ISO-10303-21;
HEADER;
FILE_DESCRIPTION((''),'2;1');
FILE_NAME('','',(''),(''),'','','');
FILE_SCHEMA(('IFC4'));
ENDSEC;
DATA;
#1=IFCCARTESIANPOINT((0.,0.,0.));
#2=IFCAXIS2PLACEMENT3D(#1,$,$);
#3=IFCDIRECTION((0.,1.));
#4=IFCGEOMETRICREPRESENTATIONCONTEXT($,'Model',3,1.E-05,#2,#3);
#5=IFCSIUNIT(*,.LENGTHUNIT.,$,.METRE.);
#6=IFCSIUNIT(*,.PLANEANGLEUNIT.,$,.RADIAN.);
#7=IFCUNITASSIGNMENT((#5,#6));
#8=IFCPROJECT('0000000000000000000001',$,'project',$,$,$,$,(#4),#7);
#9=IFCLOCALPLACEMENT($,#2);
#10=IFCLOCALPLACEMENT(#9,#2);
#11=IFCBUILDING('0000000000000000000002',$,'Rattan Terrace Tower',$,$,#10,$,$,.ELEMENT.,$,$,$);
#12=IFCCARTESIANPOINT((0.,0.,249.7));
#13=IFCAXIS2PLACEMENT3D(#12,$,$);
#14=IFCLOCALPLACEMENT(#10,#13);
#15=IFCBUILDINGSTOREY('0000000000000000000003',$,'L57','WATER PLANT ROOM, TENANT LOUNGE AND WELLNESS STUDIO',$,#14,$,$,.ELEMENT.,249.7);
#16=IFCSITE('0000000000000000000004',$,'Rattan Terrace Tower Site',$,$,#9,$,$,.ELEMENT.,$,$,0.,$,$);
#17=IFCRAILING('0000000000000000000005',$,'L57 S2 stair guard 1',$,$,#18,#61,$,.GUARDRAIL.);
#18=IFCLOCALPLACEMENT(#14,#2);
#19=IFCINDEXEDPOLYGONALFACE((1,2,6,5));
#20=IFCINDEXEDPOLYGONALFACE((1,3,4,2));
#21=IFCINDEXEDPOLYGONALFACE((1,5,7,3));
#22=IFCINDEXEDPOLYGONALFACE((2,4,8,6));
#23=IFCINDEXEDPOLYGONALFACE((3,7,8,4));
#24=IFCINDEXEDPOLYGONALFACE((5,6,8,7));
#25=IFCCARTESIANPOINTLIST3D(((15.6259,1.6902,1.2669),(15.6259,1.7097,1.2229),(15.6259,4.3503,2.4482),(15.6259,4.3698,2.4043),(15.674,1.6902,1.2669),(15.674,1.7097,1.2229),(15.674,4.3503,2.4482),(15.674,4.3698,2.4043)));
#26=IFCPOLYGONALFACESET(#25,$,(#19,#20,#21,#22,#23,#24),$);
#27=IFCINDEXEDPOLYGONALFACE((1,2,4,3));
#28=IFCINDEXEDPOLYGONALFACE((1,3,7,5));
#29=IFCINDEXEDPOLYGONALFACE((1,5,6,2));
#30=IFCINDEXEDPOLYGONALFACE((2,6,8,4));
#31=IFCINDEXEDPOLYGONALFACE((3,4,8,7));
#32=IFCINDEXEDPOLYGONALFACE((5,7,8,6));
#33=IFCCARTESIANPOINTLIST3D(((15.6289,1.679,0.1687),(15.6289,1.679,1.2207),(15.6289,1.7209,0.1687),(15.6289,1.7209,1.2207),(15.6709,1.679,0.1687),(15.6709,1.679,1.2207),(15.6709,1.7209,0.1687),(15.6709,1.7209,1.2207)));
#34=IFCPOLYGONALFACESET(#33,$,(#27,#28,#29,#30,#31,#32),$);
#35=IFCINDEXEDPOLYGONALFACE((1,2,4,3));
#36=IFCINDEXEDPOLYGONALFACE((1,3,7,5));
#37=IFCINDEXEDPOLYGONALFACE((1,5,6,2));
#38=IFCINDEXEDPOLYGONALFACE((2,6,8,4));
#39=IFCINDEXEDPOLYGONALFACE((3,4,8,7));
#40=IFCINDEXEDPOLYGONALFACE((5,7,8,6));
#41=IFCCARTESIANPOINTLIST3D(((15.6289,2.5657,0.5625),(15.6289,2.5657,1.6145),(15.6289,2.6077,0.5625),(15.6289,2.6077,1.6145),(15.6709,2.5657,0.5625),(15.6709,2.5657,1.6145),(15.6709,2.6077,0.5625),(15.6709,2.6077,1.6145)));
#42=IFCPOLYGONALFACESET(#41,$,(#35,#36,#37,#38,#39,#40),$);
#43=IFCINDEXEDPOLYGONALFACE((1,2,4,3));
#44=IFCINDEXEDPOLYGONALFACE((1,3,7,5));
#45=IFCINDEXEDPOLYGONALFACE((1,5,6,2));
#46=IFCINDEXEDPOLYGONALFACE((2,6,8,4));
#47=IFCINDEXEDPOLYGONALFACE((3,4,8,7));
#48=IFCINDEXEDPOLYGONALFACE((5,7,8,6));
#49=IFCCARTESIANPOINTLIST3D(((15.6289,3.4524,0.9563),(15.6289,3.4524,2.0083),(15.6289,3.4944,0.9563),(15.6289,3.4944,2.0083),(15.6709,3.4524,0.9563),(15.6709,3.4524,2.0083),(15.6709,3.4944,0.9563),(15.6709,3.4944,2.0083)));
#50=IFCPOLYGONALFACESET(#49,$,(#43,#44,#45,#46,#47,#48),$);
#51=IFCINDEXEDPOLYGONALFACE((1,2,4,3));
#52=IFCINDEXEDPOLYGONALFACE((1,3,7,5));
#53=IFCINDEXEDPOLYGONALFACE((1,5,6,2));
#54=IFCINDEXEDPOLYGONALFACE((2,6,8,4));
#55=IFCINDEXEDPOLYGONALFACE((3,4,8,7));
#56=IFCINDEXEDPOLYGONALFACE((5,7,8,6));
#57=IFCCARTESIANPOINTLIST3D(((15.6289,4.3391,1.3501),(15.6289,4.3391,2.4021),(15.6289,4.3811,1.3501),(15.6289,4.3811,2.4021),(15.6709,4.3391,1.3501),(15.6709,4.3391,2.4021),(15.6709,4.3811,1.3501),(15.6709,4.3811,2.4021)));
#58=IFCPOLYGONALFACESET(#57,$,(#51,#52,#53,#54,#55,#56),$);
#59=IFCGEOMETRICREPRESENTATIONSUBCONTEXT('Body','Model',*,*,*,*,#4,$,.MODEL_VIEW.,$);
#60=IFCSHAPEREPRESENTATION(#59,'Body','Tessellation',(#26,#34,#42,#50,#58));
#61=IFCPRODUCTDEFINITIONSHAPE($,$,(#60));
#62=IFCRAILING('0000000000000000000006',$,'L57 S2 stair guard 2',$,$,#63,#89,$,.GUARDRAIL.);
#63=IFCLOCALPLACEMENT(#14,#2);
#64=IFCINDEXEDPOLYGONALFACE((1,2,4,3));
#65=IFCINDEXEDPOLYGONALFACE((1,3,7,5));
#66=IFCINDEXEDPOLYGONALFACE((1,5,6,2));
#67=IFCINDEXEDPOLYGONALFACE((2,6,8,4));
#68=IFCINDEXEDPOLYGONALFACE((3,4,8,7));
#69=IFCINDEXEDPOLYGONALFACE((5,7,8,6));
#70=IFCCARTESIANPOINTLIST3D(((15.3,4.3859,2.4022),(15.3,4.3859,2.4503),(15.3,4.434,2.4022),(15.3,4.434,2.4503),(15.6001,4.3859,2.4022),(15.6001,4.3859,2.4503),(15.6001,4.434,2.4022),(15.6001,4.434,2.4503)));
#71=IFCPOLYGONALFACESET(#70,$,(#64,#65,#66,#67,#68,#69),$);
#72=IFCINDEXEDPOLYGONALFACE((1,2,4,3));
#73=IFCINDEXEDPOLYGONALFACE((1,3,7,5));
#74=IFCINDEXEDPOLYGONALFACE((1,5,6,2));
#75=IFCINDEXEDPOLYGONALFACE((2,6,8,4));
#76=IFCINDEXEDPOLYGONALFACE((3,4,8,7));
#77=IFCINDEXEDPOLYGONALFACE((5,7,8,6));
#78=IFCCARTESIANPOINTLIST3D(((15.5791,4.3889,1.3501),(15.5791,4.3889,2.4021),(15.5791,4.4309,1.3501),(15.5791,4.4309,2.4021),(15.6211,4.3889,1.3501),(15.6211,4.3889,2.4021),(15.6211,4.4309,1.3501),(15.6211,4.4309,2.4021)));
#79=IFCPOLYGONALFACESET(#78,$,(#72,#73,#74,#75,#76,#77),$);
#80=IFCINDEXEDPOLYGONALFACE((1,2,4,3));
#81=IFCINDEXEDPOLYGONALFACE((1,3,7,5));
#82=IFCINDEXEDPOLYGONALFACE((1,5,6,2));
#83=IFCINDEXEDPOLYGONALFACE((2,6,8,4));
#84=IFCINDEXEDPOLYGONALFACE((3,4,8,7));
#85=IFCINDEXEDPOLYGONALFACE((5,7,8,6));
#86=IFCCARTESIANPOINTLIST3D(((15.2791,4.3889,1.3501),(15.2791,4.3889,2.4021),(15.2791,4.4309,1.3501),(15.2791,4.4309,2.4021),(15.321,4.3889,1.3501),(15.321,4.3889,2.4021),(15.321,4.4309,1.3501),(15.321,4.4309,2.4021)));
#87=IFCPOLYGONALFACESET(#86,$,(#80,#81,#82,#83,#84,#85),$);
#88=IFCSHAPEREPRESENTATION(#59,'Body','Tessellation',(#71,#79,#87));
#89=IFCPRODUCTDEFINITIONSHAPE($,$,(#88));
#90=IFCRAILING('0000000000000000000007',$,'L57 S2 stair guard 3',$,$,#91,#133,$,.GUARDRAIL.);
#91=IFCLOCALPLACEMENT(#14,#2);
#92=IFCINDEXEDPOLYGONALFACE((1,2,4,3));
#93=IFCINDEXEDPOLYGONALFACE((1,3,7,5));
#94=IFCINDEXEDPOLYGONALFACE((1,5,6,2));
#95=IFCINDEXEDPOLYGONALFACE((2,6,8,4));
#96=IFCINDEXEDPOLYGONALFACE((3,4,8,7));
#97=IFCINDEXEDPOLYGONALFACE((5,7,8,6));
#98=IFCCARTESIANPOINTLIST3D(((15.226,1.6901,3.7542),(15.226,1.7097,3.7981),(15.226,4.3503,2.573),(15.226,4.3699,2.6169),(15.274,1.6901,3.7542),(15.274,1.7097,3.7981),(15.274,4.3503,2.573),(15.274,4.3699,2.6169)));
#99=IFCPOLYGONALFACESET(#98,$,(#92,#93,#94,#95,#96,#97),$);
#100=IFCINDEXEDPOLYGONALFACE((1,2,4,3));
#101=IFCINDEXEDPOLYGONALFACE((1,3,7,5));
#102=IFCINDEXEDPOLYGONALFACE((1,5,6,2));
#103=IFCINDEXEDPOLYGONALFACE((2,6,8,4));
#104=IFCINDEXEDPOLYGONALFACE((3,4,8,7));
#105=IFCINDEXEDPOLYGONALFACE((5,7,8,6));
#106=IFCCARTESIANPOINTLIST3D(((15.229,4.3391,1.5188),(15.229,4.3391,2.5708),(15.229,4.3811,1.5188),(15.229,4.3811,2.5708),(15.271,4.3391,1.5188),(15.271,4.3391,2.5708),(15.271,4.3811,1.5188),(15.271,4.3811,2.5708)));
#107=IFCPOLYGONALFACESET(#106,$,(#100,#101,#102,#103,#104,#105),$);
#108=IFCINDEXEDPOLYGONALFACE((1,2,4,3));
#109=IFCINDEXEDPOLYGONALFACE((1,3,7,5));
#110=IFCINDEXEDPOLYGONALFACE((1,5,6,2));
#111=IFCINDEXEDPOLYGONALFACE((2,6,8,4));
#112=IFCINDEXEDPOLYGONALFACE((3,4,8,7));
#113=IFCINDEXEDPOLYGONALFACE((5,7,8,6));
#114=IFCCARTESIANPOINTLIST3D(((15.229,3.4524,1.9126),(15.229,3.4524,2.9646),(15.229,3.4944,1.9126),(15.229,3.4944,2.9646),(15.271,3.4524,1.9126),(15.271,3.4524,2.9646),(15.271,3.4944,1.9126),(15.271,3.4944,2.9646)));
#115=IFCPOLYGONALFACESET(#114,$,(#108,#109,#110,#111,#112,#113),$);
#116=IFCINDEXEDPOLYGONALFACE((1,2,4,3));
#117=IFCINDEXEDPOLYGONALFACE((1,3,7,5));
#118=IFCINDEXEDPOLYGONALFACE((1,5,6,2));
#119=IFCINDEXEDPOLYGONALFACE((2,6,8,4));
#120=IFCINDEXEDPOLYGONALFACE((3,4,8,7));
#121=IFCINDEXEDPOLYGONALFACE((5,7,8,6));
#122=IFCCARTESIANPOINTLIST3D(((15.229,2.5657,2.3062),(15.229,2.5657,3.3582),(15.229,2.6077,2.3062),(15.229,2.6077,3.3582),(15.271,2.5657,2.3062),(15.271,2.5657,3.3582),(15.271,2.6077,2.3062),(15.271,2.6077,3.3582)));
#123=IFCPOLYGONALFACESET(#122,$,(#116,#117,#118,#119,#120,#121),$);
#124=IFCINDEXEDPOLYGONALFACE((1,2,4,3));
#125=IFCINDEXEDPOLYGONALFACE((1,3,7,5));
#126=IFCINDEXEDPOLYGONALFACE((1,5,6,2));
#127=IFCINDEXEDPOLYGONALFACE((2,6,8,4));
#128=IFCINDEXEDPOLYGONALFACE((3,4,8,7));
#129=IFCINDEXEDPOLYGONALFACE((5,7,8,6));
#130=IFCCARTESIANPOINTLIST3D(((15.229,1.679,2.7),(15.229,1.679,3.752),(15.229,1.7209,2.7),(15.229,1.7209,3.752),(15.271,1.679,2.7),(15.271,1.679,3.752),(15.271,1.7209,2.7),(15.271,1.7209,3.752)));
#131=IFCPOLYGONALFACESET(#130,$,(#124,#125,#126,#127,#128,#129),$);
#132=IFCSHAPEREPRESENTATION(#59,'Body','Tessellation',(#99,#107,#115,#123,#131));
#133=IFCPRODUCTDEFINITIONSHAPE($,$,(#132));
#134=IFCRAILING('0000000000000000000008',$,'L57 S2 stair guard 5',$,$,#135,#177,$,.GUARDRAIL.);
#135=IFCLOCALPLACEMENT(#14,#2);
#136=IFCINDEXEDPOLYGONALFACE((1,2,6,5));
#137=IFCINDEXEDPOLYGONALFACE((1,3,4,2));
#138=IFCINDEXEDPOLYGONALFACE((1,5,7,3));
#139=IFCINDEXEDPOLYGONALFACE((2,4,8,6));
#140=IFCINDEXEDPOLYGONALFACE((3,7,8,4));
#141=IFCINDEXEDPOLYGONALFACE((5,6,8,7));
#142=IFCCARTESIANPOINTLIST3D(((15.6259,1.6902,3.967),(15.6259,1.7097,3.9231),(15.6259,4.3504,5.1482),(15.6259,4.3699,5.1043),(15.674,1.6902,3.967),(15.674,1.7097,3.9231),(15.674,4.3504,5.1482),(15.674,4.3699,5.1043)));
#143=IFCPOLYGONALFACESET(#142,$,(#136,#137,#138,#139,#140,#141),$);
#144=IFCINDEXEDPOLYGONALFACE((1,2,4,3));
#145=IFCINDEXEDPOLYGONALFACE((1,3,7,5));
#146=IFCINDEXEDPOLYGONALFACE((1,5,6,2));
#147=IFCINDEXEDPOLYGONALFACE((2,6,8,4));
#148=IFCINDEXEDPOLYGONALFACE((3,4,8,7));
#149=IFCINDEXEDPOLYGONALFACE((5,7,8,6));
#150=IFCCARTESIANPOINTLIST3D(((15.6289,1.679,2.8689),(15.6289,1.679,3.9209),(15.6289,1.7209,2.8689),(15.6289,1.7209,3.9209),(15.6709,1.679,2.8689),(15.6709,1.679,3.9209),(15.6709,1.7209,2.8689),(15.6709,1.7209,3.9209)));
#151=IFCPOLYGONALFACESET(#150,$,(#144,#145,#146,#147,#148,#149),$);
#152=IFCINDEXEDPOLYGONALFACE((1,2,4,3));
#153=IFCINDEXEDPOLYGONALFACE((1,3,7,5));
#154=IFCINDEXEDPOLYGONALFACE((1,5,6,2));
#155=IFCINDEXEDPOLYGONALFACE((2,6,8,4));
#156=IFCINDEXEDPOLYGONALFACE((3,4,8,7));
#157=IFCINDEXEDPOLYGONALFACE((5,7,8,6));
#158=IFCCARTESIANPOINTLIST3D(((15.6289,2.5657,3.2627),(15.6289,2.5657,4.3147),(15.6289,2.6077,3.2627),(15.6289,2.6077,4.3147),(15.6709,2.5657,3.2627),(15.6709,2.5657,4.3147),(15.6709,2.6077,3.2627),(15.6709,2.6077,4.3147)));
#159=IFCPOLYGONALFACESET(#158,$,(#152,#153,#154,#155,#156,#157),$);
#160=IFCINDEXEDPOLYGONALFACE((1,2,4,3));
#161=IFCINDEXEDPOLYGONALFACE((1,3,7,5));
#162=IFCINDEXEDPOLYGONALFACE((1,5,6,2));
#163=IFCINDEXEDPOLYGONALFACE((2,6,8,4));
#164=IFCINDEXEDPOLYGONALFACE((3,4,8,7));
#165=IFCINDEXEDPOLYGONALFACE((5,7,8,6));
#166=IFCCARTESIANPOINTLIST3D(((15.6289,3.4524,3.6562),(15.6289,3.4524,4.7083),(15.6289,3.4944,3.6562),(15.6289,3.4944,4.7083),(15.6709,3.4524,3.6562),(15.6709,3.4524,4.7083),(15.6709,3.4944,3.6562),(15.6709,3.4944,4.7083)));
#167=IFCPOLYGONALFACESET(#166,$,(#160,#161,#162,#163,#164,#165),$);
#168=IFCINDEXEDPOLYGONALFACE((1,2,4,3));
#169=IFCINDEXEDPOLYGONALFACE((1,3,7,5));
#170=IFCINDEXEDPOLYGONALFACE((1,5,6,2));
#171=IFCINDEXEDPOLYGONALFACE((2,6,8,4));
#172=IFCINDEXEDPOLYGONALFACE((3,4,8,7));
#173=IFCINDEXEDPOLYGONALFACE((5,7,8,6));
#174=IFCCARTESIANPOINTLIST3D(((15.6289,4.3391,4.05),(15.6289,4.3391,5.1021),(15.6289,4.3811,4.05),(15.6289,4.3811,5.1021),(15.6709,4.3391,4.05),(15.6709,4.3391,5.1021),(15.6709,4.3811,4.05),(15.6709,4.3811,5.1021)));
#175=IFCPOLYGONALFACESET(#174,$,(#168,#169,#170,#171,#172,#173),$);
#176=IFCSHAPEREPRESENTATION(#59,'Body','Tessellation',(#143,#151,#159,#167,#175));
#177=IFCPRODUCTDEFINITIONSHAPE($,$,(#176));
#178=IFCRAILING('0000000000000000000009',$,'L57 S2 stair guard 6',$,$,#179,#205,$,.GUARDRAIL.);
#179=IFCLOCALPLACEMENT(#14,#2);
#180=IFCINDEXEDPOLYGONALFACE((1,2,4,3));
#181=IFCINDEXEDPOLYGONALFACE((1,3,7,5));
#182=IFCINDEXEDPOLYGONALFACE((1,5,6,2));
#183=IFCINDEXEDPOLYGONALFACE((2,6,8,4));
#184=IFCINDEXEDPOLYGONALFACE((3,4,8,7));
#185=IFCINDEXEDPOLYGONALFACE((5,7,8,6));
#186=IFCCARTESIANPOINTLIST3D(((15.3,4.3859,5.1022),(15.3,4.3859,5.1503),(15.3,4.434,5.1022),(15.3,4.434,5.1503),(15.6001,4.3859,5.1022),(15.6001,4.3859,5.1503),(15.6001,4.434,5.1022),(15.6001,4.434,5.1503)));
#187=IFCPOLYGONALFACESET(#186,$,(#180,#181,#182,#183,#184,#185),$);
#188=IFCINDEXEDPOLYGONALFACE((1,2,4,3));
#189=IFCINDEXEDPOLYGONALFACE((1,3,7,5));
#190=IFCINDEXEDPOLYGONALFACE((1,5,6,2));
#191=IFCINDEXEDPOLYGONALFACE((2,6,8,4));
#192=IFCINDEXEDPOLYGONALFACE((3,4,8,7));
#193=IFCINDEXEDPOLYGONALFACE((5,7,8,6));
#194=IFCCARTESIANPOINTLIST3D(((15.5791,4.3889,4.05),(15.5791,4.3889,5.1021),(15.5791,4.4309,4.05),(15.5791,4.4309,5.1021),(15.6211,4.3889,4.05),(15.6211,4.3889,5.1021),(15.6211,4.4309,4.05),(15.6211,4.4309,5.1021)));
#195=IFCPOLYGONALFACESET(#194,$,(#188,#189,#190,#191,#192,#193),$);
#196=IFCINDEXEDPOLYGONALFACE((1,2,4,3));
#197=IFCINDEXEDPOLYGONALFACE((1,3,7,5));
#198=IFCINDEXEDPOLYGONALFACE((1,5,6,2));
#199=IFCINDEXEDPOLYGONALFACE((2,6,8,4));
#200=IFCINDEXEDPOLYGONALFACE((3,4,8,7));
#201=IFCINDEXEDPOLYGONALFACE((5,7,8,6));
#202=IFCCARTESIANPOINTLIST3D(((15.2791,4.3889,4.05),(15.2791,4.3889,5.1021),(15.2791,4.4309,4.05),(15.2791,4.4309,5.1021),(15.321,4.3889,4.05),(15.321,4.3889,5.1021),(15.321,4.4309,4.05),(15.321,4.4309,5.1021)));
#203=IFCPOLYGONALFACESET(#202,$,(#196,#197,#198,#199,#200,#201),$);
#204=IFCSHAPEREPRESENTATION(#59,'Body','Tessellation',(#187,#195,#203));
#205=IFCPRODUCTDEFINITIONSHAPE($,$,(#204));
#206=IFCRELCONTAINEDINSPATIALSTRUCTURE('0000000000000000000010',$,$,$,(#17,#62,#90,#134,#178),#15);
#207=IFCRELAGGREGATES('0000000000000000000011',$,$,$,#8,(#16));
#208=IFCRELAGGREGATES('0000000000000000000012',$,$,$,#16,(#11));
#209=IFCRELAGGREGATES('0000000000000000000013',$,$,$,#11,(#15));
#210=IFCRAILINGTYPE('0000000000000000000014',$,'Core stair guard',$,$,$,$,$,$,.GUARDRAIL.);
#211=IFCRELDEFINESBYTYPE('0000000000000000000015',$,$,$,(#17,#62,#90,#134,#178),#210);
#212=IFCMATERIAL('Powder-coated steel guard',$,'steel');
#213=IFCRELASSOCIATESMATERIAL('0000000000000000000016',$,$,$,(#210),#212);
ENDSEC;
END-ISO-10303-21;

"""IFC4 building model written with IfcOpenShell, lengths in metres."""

from ifc_helpers import new_model, si_unit, direction, frame, origin, origin_2d, place, context, subcontext, project, spatial, rectangle, extrude, material, type_object, element, save


model = new_model("IFC4")

# Units and contexts
model_context = context("Model", 3, precision=1e-05, world=origin(), true_north=direction((0.0, 1.0)))
body_context = subcontext(model_context, "Body", "Model", "MODEL_VIEW")
ifc_project = project(units=[si_unit("LENGTHUNIT", "METRE"), si_unit("PLANEANGLEUNIT", "RADIAN")], contexts=[model_context])

# Site, building, storey
site_placement = place(None, origin())
site = spatial("IfcSite", under=ifc_project, at=site_placement, Name="Rattan Terrace Tower Site", CompositionType="ELEMENT", RefElevation=0.0)
building_placement = place(site_placement, origin())
building = spatial("IfcBuilding", under=site, at=building_placement, Name="Rattan Terrace Tower", CompositionType="ELEMENT")
storey_placement = place(building_placement, frame((0.0, 0.0, 249.7)))
storey = spatial("IfcBuildingStorey", under=building, at=storey_placement, Name="L57", Description="WATER PLANT ROOM, TENANT LOUNGE AND WELLNESS STUDIO", CompositionType="ELEMENT", Elevation=249.7)

# Railings
ifc_material_1 = material(Name="Powder-coated steel guard", Category="steel")
railing_type_1 = type_object("IfcRailingType", Name="Core stair guard", PredefinedType="GUARDRAIL", material=ifc_material_1)
railing_1_placement = place(storey_placement, frame((15.6499, 1.7, 0.1687)))
element("IfcRailing", 1, at=railing_1_placement, inside=storey, type_object=railing_type_1, Name="L57 S2 stair guard 1", PredefinedType="GUARDRAIL", context=body_context, shape_type="SweptSolid", body=[
    extrude(rectangle(XDim=0.0481, YDim=0.0481, at=origin_2d()), frame((0.0, 0.0, 1.0762), z_axis=(0.0, 0.913926, 0.405882), x_axis=(-1.0, 0.0, 0.0)), (0.0, 0.0, 1.0), 2.9106),
    extrude(rectangle(XDim=0.042, YDim=0.042, at=origin_2d()), origin(), (0.0, 0.0, 1.0), 1.052),
    extrude(rectangle(XDim=0.042, YDim=0.042, at=origin_2d()), frame((0.0, 0.8867, 0.3938)), (0.0, 0.0, 1.0), 1.052),
    extrude(rectangle(XDim=0.042, YDim=0.042, at=origin_2d()), frame((0.0, 1.7734, 0.7876)), (0.0, 0.0, 1.0), 1.052),
    extrude(rectangle(XDim=0.042, YDim=0.042, at=origin_2d()), frame((0.0, 2.6602, 1.1814)), (0.0, 0.0, 1.0), 1.052),
])
railing_2_placement = place(storey_placement, frame((15.6001, 4.4099, 1.3501)))
element("IfcRailing", 2, at=railing_2_placement, inside=storey, type_object=railing_type_1, Name="L57 S2 stair guard 2", PredefinedType="GUARDRAIL", context=body_context, shape_type="SweptSolid", body=[
    extrude(rectangle(XDim=0.0481, YDim=0.0481, at=origin_2d()), frame((0.0, 0.0, 1.0762), z_axis=(-1.0, 0.0, 0.0), x_axis=(0.0, -1.0, 0.0)), (0.0, 0.0, 1.0), 0.3),
    extrude(rectangle(XDim=0.042, YDim=0.042, at=origin_2d()), origin(), (0.0, 0.0, 1.0), 1.052),
    extrude(rectangle(XDim=0.042, YDim=0.042, at=origin_2d()), frame((-0.3, 0.0, 0.0)), (0.0, 0.0, 1.0), 1.052),
])
railing_3_placement = place(storey_placement, frame((15.25, 4.3601, 1.5188)))
element("IfcRailing", 3, at=railing_3_placement, inside=storey, type_object=railing_type_1, Name="L57 S2 stair guard 3", PredefinedType="GUARDRAIL", context=body_context, shape_type="SweptSolid", body=[
    extrude(rectangle(XDim=0.0481, YDim=0.0481, at=origin_2d()), frame((0.0, 0.0, 1.0762), z_axis=(0.0, -0.913957, 0.405812), x_axis=(1.0, 0.0, 0.0)), (0.0, 0.0, 1.0), 2.9106),
    extrude(rectangle(XDim=0.042, YDim=0.042, at=origin_2d()), origin(), (0.0, 0.0, 1.0), 1.052),
    extrude(rectangle(XDim=0.042, YDim=0.042, at=origin_2d()), frame((0.0, -0.8867, 0.3938)), (0.0, 0.0, 1.0), 1.052),
    extrude(rectangle(XDim=0.042, YDim=0.042, at=origin_2d()), frame((0.0, -1.7734, 0.7874)), (0.0, 0.0, 1.0), 1.052),
    extrude(rectangle(XDim=0.042, YDim=0.042, at=origin_2d()), frame((0.0, -2.6602, 1.1812)), (0.0, 0.0, 1.0), 1.052),
])
railing_4_placement = place(storey_placement, frame((15.6499, 1.7, 2.8689)))
element("IfcRailing", 4, at=railing_4_placement, inside=storey, type_object=railing_type_1, Name="L57 S2 stair guard 5", PredefinedType="GUARDRAIL", context=body_context, shape_type="SweptSolid", body=[
    extrude(rectangle(XDim=0.0481, YDim=0.0481, at=origin_2d()), frame((0.0, 0.0, 1.0762), z_axis=(0.0, 0.913957, 0.405812), x_axis=(-1.0, 0.0, 0.0)), (0.0, 0.0, 1.0), 2.9106),
    extrude(rectangle(XDim=0.042, YDim=0.042, at=origin_2d()), origin(), (0.0, 0.0, 1.0), 1.052),
    extrude(rectangle(XDim=0.042, YDim=0.042, at=origin_2d()), frame((0.0, 0.8867, 0.3938)), (0.0, 0.0, 1.0), 1.052),
    extrude(rectangle(XDim=0.042, YDim=0.042, at=origin_2d()), frame((0.0, 1.7734, 0.7874)), (0.0, 0.0, 1.0), 1.052),
    extrude(rectangle(XDim=0.042, YDim=0.042, at=origin_2d()), frame((0.0, 2.6602, 1.1812)), (0.0, 0.0, 1.0), 1.052),
])
railing_5_placement = place(storey_placement, frame((15.6001, 4.4099, 4.05)))
element("IfcRailing", 5, at=railing_5_placement, inside=storey, type_object=railing_type_1, Name="L57 S2 stair guard 6", PredefinedType="GUARDRAIL", context=body_context, shape_type="SweptSolid", body=[
    extrude(rectangle(XDim=0.0481, YDim=0.0481, at=origin_2d()), frame((0.0, 0.0, 1.0762), z_axis=(-1.0, 0.0, 0.0), x_axis=(0.0, -1.0, 0.0)), (0.0, 0.0, 1.0), 0.3),
    extrude(rectangle(XDim=0.042, YDim=0.042, at=origin_2d()), origin(), (0.0, 0.0, 1.0), 1.052),
    extrude(rectangle(XDim=0.042, YDim=0.042, at=origin_2d()), frame((-0.3, 0.0, 0.0)), (0.0, 0.0, 1.0), 1.052),
])

save(model, "model.ifc")
